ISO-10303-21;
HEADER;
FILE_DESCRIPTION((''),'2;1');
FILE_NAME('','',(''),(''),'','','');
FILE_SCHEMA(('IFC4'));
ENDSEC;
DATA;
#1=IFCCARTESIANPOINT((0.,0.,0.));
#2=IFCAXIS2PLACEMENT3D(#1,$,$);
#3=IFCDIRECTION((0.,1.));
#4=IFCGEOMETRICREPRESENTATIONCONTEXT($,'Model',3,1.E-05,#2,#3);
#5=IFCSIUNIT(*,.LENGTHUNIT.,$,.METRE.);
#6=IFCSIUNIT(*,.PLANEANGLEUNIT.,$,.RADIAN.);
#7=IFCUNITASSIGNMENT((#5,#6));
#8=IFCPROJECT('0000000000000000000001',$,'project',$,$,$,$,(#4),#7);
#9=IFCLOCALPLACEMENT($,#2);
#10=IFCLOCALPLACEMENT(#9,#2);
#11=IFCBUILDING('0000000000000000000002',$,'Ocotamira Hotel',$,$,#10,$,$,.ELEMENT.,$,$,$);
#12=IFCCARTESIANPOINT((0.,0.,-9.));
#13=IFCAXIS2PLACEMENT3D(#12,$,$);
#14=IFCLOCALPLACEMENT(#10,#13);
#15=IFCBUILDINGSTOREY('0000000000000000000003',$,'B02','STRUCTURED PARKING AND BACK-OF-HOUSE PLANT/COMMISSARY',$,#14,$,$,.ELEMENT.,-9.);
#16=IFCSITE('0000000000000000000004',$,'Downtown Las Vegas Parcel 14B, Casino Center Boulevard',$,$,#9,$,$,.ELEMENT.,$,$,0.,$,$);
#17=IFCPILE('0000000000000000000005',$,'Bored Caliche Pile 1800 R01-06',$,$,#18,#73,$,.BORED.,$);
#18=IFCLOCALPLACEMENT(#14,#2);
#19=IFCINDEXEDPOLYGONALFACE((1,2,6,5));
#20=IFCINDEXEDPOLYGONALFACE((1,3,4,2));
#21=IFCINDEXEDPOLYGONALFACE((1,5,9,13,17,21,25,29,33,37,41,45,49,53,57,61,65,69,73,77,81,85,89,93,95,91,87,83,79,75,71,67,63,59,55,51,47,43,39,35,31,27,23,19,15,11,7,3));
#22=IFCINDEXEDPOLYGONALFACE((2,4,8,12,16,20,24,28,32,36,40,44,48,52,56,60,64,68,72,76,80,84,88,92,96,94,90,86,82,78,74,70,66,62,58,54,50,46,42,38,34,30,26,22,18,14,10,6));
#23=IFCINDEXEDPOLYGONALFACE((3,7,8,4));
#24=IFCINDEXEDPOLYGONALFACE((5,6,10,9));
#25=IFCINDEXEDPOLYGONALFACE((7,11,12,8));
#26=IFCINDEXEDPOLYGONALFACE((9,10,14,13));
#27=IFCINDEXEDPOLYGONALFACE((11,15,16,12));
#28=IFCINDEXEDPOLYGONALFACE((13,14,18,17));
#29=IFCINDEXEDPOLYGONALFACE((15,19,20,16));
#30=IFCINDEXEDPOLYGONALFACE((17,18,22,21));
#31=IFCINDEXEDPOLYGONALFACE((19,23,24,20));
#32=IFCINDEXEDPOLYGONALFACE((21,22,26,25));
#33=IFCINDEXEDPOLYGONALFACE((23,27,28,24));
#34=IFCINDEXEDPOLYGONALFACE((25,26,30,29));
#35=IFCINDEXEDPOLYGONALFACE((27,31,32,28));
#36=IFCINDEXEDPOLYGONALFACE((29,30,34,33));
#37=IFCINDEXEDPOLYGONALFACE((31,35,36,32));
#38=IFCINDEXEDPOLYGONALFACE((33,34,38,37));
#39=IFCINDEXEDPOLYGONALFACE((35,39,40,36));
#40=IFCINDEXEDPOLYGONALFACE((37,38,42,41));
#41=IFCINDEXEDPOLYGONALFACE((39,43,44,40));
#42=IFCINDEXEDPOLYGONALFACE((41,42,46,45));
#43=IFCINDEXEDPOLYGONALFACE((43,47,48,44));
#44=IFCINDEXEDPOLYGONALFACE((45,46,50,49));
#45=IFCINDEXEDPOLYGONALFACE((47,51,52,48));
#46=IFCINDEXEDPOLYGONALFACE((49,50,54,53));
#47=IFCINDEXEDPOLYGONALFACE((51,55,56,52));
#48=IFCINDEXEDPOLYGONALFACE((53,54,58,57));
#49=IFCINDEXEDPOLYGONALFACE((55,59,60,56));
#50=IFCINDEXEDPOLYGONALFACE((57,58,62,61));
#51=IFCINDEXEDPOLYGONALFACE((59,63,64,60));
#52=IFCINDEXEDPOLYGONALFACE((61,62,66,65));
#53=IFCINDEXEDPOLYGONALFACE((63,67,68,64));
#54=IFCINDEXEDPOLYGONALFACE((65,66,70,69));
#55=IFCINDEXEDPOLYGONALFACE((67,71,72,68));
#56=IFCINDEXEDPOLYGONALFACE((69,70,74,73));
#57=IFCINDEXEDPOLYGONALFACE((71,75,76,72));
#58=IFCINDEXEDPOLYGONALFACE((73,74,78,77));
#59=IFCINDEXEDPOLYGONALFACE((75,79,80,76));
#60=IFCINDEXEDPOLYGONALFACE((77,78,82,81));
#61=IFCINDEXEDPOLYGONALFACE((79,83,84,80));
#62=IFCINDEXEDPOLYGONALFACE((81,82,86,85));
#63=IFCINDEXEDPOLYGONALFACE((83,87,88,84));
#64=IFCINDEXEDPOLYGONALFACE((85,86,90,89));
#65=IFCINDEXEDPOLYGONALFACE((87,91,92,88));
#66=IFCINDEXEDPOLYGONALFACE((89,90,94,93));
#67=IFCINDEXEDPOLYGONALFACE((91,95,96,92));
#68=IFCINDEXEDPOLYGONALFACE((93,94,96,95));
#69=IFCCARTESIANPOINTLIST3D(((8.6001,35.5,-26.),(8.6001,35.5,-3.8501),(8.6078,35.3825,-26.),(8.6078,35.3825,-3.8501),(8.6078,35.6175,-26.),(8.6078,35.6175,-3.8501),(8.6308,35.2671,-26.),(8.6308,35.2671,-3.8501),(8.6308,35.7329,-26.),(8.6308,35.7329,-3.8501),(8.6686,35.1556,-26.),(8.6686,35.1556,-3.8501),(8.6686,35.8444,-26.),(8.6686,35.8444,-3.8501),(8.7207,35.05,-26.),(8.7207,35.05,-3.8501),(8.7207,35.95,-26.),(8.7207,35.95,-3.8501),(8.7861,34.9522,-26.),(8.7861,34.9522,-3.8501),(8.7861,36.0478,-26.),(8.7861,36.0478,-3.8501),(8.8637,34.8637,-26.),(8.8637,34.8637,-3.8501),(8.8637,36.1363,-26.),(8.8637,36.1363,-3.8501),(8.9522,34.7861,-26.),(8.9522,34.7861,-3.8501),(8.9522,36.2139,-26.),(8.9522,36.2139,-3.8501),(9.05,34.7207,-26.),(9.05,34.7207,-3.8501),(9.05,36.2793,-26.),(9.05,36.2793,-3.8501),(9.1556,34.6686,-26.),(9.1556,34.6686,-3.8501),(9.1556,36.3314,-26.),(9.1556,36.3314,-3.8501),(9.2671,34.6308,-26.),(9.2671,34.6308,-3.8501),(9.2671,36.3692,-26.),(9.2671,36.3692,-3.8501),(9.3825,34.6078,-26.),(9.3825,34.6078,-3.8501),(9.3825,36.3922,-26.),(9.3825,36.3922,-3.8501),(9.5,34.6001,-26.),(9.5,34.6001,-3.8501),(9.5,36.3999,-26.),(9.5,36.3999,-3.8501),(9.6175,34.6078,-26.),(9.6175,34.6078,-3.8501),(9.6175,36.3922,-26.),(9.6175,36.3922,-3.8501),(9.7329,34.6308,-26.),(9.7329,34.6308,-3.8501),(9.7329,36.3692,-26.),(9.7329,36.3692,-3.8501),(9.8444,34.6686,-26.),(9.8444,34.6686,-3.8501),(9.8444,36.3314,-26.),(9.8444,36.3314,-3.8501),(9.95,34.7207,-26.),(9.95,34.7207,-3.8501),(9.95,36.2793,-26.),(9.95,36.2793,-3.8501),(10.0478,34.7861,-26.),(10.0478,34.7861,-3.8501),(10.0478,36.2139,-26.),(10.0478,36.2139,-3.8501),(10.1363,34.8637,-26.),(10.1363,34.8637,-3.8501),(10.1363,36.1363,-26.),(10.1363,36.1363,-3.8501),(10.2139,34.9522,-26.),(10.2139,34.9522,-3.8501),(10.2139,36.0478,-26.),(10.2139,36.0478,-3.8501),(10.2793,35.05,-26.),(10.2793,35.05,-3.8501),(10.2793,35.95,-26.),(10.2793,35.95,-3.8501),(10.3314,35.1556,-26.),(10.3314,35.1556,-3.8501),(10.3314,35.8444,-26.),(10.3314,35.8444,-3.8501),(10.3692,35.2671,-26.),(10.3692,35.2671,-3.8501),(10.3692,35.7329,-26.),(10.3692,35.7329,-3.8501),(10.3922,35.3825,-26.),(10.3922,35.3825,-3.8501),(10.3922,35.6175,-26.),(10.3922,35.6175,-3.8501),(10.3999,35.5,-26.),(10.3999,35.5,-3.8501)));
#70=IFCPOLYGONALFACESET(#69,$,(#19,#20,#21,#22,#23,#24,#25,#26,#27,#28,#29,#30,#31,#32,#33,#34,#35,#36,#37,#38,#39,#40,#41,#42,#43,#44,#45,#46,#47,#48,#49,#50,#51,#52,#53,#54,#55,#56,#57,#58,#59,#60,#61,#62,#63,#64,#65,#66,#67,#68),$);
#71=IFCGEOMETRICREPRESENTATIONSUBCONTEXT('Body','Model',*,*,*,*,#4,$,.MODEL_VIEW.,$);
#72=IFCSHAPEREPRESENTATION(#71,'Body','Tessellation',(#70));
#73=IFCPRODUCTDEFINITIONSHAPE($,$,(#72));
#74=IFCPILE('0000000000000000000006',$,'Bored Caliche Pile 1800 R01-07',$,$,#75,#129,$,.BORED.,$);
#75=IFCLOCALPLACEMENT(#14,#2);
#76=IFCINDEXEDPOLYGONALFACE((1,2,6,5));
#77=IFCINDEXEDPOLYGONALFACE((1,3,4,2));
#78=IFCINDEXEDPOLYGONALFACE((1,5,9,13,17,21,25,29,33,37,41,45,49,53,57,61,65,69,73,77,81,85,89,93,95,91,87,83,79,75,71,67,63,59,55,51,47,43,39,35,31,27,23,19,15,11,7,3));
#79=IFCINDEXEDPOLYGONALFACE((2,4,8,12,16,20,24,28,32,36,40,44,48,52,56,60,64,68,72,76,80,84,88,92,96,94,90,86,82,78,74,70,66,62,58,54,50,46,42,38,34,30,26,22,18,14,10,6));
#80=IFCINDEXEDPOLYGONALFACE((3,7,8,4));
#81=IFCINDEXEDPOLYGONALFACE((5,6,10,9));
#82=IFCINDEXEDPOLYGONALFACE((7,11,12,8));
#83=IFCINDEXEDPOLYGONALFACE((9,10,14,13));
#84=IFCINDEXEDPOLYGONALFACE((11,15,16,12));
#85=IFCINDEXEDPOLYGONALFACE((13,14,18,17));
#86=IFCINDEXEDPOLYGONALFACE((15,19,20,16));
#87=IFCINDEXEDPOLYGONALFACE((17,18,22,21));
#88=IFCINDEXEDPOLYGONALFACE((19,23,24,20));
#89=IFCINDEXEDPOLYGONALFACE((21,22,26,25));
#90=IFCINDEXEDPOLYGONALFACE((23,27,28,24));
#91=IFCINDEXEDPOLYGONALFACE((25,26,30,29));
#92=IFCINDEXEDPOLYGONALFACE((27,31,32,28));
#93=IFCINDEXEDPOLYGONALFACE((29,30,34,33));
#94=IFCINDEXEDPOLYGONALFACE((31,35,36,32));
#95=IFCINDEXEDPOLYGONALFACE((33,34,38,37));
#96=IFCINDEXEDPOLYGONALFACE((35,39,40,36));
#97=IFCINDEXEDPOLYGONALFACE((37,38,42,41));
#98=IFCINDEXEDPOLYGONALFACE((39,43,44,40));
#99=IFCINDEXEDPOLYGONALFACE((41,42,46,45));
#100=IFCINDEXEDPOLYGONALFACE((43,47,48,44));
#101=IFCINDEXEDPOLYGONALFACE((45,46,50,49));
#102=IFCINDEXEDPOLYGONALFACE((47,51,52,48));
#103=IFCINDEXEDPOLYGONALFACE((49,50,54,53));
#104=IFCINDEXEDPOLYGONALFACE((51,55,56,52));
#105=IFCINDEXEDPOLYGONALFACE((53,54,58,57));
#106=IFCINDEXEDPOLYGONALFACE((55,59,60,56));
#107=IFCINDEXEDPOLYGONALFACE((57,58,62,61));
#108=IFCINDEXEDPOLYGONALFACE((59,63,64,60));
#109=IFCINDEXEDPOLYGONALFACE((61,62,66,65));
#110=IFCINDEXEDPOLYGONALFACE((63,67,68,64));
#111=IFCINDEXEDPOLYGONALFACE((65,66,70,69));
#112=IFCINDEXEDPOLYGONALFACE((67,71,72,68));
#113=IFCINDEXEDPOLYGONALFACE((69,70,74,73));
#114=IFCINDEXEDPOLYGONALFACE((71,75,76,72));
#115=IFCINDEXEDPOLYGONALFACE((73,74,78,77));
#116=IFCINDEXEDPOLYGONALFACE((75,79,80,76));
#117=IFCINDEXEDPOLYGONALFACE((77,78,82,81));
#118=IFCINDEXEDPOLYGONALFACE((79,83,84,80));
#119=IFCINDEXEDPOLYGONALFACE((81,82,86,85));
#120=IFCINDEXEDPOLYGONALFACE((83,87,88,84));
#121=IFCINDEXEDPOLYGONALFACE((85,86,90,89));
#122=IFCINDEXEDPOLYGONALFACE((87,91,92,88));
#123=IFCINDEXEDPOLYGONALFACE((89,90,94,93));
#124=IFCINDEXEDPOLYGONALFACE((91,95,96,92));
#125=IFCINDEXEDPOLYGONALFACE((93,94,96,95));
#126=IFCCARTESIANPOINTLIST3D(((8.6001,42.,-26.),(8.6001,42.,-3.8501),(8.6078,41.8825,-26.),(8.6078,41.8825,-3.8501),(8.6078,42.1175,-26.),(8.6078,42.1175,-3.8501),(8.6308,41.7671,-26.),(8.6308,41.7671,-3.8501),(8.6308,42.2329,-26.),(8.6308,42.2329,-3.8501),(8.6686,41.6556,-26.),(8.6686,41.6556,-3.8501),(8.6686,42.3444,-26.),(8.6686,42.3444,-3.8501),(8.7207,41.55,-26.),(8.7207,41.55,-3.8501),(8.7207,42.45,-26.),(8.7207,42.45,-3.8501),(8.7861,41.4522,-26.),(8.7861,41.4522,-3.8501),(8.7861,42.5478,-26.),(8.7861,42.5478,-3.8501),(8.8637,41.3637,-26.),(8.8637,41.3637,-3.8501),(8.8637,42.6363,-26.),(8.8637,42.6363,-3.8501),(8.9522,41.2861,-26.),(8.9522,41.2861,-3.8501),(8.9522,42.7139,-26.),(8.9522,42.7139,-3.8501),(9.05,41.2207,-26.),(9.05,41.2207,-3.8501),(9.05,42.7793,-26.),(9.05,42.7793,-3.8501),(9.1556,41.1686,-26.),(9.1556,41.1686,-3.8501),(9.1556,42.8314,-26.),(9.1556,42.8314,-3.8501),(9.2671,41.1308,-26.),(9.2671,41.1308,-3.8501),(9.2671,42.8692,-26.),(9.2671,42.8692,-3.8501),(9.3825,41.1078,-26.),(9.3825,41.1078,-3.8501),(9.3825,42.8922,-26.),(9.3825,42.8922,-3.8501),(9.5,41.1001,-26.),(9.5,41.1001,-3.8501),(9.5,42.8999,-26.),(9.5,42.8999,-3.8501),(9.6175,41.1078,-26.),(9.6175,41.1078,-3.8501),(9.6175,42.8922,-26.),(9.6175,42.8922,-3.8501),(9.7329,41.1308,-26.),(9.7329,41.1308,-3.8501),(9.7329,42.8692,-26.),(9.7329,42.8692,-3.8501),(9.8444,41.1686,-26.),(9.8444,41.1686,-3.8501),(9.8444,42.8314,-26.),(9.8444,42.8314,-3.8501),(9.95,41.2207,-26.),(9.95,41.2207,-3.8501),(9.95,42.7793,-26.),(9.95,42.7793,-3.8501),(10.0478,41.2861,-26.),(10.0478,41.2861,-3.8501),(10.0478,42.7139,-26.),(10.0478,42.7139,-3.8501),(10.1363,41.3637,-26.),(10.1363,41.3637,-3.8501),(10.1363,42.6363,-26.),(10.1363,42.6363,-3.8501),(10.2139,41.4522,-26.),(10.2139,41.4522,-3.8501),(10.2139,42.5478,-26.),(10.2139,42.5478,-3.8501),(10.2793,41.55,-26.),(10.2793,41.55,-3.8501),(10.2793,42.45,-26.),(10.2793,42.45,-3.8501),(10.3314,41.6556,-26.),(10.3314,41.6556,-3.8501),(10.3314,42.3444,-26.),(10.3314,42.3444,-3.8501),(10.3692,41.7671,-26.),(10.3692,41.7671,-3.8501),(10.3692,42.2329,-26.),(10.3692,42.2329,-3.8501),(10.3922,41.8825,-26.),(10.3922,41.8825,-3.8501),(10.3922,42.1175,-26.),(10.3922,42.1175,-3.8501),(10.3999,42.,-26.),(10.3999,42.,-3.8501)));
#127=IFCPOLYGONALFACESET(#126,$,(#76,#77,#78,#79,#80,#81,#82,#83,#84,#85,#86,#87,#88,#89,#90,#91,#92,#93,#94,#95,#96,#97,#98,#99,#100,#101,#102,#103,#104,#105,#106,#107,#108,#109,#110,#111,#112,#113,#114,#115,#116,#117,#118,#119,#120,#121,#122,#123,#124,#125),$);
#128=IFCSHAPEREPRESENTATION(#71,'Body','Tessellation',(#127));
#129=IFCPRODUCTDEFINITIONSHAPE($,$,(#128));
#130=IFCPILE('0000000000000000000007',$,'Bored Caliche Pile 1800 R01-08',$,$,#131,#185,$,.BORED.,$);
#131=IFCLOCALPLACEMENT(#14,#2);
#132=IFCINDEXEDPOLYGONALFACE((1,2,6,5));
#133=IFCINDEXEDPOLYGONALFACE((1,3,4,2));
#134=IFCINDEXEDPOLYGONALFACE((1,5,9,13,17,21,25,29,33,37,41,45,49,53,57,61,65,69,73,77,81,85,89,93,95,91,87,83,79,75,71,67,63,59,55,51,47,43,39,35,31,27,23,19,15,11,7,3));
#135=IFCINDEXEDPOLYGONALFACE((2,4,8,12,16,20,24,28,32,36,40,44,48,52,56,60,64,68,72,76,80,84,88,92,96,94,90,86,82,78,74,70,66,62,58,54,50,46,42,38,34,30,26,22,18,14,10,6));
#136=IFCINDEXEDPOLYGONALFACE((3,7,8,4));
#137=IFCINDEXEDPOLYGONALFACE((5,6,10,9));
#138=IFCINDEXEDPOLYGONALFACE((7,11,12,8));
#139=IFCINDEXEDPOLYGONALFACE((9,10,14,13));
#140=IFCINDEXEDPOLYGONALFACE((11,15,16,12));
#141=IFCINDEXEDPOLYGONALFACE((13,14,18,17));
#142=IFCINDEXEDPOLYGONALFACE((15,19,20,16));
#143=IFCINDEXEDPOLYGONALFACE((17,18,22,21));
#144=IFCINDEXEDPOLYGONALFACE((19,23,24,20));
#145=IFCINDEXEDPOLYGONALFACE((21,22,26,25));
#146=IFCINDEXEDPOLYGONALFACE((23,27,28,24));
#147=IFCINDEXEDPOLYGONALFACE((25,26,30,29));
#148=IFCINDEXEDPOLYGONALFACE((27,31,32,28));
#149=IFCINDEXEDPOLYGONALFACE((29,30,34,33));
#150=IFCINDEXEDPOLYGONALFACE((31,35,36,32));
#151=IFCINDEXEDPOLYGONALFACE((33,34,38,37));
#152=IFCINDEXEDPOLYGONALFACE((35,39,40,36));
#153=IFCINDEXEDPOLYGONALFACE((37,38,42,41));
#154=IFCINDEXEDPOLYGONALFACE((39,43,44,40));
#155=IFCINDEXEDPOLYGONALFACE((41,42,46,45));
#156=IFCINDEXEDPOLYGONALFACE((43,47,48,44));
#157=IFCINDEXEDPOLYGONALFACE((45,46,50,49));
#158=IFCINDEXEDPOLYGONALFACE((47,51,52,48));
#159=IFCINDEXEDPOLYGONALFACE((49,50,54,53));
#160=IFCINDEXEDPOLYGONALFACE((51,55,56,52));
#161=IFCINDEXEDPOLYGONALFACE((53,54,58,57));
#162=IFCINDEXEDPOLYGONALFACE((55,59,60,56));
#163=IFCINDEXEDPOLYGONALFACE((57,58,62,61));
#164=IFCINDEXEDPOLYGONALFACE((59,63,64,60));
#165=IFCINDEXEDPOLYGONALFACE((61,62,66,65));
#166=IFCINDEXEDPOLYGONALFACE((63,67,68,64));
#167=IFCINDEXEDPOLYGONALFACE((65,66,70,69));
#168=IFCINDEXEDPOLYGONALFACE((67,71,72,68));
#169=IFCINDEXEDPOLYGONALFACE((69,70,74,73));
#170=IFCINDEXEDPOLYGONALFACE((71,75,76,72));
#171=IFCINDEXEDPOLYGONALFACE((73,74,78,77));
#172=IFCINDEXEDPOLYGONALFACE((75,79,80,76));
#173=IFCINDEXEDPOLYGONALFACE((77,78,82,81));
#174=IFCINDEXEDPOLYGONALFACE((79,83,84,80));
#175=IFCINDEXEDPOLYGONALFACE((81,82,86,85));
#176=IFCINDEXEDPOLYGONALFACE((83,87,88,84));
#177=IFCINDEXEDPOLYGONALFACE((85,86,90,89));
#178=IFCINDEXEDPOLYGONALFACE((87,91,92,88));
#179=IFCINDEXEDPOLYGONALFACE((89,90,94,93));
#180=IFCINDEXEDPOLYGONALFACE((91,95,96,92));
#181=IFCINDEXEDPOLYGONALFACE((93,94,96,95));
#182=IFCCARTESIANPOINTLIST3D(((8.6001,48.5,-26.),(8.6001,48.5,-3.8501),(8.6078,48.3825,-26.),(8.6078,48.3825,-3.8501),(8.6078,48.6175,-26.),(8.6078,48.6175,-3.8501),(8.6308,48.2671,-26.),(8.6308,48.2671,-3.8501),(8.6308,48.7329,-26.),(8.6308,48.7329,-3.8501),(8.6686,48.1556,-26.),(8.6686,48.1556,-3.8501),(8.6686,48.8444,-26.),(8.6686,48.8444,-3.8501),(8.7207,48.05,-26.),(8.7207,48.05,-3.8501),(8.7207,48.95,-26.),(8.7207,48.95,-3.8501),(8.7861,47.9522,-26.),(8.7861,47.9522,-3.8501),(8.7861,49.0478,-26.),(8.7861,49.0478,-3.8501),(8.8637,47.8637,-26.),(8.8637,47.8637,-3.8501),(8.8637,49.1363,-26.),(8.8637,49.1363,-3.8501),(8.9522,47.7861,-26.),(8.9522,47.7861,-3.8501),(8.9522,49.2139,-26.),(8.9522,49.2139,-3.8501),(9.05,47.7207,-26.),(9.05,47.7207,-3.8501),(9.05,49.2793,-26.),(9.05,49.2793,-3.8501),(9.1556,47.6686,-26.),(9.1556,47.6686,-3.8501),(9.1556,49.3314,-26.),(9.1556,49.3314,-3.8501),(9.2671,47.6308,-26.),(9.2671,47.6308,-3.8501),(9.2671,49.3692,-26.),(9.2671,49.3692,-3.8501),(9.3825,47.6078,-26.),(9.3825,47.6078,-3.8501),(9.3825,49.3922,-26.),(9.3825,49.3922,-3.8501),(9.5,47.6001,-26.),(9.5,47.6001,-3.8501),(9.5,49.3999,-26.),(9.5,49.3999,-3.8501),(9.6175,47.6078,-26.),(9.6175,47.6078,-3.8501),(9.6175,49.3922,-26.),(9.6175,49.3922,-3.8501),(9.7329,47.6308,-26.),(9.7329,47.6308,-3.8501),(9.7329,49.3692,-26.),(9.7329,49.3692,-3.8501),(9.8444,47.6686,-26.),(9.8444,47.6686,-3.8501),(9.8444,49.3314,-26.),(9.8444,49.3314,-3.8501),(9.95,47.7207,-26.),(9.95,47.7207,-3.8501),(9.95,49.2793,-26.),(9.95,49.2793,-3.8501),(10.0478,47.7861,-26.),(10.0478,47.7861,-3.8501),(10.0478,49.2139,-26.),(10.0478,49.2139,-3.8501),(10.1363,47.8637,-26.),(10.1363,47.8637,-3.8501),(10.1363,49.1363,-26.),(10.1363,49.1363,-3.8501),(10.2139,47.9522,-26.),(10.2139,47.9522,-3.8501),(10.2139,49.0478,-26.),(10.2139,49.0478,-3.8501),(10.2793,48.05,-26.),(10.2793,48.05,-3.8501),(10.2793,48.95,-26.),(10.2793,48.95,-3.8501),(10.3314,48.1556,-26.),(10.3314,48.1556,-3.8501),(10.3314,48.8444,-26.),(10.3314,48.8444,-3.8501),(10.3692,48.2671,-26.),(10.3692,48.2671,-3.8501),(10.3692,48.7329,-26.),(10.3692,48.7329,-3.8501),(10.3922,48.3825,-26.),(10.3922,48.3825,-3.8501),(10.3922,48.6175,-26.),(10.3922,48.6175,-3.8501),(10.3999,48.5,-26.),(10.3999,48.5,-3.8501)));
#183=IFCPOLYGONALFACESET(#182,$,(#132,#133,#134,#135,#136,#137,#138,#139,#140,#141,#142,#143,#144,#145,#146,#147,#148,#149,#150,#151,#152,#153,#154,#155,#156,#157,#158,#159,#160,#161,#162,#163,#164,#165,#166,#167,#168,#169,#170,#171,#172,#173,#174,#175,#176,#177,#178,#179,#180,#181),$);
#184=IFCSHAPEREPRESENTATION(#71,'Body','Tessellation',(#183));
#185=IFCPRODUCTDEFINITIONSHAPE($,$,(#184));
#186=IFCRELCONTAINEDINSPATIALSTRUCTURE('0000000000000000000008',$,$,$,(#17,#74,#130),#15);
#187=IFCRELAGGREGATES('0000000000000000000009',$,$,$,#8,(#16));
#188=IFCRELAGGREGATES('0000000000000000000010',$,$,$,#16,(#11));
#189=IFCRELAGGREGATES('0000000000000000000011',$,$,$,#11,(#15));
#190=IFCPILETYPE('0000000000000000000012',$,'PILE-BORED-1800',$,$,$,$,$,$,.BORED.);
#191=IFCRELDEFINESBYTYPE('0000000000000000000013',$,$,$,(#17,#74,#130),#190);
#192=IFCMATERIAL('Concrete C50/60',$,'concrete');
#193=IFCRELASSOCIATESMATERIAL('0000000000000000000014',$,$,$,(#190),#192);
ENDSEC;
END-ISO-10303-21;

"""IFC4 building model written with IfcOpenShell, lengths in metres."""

from ifc_helpers import new_model, si_unit, direction, frame, origin, origin_2d, place, context, subcontext, project, spatial, circle, extrude, source, transform, mapped, material, material_profile, profile_set, type_object, element, save


model = new_model("IFC4")

# Units and contexts
model_context = context("Model", 3, precision=1e-05, world=origin(), true_north=direction((0.0, 1.0)))
body_context = subcontext(model_context, "Body", "Model", "MODEL_VIEW")
ifc_project = project(units=[si_unit("LENGTHUNIT", "METRE"), si_unit("PLANEANGLEUNIT", "RADIAN")], contexts=[model_context])

# Site, building, storey
site_placement = place(None, origin())
site = spatial("IfcSite", under=ifc_project, at=site_placement, Name="Downtown Las Vegas Parcel 14B, Casino Center Boulevard", CompositionType="ELEMENT", RefElevation=0.0)
building_placement = place(site_placement, origin())
building = spatial("IfcBuilding", under=site, at=building_placement, Name="Ocotamira Hotel", CompositionType="ELEMENT")
storey_placement = place(building_placement, frame((0.0, 0.0, -9.0)))
storey = spatial("IfcBuildingStorey", under=building, at=storey_placement, Name="B02", Description="STRUCTURED PARKING AND BACK-OF-HOUSE PLANT/COMMISSARY", CompositionType="ELEMENT", Elevation=-9.0)

# Piles
ifc_material_1 = material(Name="Concrete C50/60", Category="concrete")
ifc_material_profile_1 = material_profile(ifc_material_1, circle(Radius=0.8999, at=origin_2d()), Name="PILE1800")
ifc_profile_set_1 = profile_set([ifc_material_profile_1], Name="Concrete C50/60")
pile_type_1 = type_object("IfcPileType", Name="PILE-BORED-1800", PredefinedType="BORED", material=ifc_profile_set_1)
shared_shape_1 = source(origin(), body_context, "Body", "SweptSolid", [
    extrude(circle(Radius=0.8999, at=origin_2d()), origin(), (0.0, 0.0, 1.0), 22.1499),
])
for number, where, z_axis, x_axis, name in (
    (1, (9.5, 35.5, -3.8501), (0.0, 0.0, -1.0), (1.0, 0.0, 0.0), "Bored Caliche Pile 1800 R01-06"),
    (2, (9.5, 42.0, -3.8501), (0.0, 0.0, -1.0), (1.0, 0.0, 0.0), "Bored Caliche Pile 1800 R01-07"),
    (3, (9.5, 48.5, -3.8501), (0.0, 0.0, -1.0), (1.0, 0.0, 0.0), "Bored Caliche Pile 1800 R01-08"),
):
    element("IfcPile", number, at=place(storey_placement, frame(where, z_axis=z_axis, x_axis=x_axis)), inside=storey, type_object=pile_type_1, Name=name, PredefinedType="BORED", context=body_context, shape_type="MappedRepresentation", body=[
        mapped(shared_shape_1, transform((0.0, 0.0, 0.0), scale=1.0)),
    ])

save(model, "model.ifc")
